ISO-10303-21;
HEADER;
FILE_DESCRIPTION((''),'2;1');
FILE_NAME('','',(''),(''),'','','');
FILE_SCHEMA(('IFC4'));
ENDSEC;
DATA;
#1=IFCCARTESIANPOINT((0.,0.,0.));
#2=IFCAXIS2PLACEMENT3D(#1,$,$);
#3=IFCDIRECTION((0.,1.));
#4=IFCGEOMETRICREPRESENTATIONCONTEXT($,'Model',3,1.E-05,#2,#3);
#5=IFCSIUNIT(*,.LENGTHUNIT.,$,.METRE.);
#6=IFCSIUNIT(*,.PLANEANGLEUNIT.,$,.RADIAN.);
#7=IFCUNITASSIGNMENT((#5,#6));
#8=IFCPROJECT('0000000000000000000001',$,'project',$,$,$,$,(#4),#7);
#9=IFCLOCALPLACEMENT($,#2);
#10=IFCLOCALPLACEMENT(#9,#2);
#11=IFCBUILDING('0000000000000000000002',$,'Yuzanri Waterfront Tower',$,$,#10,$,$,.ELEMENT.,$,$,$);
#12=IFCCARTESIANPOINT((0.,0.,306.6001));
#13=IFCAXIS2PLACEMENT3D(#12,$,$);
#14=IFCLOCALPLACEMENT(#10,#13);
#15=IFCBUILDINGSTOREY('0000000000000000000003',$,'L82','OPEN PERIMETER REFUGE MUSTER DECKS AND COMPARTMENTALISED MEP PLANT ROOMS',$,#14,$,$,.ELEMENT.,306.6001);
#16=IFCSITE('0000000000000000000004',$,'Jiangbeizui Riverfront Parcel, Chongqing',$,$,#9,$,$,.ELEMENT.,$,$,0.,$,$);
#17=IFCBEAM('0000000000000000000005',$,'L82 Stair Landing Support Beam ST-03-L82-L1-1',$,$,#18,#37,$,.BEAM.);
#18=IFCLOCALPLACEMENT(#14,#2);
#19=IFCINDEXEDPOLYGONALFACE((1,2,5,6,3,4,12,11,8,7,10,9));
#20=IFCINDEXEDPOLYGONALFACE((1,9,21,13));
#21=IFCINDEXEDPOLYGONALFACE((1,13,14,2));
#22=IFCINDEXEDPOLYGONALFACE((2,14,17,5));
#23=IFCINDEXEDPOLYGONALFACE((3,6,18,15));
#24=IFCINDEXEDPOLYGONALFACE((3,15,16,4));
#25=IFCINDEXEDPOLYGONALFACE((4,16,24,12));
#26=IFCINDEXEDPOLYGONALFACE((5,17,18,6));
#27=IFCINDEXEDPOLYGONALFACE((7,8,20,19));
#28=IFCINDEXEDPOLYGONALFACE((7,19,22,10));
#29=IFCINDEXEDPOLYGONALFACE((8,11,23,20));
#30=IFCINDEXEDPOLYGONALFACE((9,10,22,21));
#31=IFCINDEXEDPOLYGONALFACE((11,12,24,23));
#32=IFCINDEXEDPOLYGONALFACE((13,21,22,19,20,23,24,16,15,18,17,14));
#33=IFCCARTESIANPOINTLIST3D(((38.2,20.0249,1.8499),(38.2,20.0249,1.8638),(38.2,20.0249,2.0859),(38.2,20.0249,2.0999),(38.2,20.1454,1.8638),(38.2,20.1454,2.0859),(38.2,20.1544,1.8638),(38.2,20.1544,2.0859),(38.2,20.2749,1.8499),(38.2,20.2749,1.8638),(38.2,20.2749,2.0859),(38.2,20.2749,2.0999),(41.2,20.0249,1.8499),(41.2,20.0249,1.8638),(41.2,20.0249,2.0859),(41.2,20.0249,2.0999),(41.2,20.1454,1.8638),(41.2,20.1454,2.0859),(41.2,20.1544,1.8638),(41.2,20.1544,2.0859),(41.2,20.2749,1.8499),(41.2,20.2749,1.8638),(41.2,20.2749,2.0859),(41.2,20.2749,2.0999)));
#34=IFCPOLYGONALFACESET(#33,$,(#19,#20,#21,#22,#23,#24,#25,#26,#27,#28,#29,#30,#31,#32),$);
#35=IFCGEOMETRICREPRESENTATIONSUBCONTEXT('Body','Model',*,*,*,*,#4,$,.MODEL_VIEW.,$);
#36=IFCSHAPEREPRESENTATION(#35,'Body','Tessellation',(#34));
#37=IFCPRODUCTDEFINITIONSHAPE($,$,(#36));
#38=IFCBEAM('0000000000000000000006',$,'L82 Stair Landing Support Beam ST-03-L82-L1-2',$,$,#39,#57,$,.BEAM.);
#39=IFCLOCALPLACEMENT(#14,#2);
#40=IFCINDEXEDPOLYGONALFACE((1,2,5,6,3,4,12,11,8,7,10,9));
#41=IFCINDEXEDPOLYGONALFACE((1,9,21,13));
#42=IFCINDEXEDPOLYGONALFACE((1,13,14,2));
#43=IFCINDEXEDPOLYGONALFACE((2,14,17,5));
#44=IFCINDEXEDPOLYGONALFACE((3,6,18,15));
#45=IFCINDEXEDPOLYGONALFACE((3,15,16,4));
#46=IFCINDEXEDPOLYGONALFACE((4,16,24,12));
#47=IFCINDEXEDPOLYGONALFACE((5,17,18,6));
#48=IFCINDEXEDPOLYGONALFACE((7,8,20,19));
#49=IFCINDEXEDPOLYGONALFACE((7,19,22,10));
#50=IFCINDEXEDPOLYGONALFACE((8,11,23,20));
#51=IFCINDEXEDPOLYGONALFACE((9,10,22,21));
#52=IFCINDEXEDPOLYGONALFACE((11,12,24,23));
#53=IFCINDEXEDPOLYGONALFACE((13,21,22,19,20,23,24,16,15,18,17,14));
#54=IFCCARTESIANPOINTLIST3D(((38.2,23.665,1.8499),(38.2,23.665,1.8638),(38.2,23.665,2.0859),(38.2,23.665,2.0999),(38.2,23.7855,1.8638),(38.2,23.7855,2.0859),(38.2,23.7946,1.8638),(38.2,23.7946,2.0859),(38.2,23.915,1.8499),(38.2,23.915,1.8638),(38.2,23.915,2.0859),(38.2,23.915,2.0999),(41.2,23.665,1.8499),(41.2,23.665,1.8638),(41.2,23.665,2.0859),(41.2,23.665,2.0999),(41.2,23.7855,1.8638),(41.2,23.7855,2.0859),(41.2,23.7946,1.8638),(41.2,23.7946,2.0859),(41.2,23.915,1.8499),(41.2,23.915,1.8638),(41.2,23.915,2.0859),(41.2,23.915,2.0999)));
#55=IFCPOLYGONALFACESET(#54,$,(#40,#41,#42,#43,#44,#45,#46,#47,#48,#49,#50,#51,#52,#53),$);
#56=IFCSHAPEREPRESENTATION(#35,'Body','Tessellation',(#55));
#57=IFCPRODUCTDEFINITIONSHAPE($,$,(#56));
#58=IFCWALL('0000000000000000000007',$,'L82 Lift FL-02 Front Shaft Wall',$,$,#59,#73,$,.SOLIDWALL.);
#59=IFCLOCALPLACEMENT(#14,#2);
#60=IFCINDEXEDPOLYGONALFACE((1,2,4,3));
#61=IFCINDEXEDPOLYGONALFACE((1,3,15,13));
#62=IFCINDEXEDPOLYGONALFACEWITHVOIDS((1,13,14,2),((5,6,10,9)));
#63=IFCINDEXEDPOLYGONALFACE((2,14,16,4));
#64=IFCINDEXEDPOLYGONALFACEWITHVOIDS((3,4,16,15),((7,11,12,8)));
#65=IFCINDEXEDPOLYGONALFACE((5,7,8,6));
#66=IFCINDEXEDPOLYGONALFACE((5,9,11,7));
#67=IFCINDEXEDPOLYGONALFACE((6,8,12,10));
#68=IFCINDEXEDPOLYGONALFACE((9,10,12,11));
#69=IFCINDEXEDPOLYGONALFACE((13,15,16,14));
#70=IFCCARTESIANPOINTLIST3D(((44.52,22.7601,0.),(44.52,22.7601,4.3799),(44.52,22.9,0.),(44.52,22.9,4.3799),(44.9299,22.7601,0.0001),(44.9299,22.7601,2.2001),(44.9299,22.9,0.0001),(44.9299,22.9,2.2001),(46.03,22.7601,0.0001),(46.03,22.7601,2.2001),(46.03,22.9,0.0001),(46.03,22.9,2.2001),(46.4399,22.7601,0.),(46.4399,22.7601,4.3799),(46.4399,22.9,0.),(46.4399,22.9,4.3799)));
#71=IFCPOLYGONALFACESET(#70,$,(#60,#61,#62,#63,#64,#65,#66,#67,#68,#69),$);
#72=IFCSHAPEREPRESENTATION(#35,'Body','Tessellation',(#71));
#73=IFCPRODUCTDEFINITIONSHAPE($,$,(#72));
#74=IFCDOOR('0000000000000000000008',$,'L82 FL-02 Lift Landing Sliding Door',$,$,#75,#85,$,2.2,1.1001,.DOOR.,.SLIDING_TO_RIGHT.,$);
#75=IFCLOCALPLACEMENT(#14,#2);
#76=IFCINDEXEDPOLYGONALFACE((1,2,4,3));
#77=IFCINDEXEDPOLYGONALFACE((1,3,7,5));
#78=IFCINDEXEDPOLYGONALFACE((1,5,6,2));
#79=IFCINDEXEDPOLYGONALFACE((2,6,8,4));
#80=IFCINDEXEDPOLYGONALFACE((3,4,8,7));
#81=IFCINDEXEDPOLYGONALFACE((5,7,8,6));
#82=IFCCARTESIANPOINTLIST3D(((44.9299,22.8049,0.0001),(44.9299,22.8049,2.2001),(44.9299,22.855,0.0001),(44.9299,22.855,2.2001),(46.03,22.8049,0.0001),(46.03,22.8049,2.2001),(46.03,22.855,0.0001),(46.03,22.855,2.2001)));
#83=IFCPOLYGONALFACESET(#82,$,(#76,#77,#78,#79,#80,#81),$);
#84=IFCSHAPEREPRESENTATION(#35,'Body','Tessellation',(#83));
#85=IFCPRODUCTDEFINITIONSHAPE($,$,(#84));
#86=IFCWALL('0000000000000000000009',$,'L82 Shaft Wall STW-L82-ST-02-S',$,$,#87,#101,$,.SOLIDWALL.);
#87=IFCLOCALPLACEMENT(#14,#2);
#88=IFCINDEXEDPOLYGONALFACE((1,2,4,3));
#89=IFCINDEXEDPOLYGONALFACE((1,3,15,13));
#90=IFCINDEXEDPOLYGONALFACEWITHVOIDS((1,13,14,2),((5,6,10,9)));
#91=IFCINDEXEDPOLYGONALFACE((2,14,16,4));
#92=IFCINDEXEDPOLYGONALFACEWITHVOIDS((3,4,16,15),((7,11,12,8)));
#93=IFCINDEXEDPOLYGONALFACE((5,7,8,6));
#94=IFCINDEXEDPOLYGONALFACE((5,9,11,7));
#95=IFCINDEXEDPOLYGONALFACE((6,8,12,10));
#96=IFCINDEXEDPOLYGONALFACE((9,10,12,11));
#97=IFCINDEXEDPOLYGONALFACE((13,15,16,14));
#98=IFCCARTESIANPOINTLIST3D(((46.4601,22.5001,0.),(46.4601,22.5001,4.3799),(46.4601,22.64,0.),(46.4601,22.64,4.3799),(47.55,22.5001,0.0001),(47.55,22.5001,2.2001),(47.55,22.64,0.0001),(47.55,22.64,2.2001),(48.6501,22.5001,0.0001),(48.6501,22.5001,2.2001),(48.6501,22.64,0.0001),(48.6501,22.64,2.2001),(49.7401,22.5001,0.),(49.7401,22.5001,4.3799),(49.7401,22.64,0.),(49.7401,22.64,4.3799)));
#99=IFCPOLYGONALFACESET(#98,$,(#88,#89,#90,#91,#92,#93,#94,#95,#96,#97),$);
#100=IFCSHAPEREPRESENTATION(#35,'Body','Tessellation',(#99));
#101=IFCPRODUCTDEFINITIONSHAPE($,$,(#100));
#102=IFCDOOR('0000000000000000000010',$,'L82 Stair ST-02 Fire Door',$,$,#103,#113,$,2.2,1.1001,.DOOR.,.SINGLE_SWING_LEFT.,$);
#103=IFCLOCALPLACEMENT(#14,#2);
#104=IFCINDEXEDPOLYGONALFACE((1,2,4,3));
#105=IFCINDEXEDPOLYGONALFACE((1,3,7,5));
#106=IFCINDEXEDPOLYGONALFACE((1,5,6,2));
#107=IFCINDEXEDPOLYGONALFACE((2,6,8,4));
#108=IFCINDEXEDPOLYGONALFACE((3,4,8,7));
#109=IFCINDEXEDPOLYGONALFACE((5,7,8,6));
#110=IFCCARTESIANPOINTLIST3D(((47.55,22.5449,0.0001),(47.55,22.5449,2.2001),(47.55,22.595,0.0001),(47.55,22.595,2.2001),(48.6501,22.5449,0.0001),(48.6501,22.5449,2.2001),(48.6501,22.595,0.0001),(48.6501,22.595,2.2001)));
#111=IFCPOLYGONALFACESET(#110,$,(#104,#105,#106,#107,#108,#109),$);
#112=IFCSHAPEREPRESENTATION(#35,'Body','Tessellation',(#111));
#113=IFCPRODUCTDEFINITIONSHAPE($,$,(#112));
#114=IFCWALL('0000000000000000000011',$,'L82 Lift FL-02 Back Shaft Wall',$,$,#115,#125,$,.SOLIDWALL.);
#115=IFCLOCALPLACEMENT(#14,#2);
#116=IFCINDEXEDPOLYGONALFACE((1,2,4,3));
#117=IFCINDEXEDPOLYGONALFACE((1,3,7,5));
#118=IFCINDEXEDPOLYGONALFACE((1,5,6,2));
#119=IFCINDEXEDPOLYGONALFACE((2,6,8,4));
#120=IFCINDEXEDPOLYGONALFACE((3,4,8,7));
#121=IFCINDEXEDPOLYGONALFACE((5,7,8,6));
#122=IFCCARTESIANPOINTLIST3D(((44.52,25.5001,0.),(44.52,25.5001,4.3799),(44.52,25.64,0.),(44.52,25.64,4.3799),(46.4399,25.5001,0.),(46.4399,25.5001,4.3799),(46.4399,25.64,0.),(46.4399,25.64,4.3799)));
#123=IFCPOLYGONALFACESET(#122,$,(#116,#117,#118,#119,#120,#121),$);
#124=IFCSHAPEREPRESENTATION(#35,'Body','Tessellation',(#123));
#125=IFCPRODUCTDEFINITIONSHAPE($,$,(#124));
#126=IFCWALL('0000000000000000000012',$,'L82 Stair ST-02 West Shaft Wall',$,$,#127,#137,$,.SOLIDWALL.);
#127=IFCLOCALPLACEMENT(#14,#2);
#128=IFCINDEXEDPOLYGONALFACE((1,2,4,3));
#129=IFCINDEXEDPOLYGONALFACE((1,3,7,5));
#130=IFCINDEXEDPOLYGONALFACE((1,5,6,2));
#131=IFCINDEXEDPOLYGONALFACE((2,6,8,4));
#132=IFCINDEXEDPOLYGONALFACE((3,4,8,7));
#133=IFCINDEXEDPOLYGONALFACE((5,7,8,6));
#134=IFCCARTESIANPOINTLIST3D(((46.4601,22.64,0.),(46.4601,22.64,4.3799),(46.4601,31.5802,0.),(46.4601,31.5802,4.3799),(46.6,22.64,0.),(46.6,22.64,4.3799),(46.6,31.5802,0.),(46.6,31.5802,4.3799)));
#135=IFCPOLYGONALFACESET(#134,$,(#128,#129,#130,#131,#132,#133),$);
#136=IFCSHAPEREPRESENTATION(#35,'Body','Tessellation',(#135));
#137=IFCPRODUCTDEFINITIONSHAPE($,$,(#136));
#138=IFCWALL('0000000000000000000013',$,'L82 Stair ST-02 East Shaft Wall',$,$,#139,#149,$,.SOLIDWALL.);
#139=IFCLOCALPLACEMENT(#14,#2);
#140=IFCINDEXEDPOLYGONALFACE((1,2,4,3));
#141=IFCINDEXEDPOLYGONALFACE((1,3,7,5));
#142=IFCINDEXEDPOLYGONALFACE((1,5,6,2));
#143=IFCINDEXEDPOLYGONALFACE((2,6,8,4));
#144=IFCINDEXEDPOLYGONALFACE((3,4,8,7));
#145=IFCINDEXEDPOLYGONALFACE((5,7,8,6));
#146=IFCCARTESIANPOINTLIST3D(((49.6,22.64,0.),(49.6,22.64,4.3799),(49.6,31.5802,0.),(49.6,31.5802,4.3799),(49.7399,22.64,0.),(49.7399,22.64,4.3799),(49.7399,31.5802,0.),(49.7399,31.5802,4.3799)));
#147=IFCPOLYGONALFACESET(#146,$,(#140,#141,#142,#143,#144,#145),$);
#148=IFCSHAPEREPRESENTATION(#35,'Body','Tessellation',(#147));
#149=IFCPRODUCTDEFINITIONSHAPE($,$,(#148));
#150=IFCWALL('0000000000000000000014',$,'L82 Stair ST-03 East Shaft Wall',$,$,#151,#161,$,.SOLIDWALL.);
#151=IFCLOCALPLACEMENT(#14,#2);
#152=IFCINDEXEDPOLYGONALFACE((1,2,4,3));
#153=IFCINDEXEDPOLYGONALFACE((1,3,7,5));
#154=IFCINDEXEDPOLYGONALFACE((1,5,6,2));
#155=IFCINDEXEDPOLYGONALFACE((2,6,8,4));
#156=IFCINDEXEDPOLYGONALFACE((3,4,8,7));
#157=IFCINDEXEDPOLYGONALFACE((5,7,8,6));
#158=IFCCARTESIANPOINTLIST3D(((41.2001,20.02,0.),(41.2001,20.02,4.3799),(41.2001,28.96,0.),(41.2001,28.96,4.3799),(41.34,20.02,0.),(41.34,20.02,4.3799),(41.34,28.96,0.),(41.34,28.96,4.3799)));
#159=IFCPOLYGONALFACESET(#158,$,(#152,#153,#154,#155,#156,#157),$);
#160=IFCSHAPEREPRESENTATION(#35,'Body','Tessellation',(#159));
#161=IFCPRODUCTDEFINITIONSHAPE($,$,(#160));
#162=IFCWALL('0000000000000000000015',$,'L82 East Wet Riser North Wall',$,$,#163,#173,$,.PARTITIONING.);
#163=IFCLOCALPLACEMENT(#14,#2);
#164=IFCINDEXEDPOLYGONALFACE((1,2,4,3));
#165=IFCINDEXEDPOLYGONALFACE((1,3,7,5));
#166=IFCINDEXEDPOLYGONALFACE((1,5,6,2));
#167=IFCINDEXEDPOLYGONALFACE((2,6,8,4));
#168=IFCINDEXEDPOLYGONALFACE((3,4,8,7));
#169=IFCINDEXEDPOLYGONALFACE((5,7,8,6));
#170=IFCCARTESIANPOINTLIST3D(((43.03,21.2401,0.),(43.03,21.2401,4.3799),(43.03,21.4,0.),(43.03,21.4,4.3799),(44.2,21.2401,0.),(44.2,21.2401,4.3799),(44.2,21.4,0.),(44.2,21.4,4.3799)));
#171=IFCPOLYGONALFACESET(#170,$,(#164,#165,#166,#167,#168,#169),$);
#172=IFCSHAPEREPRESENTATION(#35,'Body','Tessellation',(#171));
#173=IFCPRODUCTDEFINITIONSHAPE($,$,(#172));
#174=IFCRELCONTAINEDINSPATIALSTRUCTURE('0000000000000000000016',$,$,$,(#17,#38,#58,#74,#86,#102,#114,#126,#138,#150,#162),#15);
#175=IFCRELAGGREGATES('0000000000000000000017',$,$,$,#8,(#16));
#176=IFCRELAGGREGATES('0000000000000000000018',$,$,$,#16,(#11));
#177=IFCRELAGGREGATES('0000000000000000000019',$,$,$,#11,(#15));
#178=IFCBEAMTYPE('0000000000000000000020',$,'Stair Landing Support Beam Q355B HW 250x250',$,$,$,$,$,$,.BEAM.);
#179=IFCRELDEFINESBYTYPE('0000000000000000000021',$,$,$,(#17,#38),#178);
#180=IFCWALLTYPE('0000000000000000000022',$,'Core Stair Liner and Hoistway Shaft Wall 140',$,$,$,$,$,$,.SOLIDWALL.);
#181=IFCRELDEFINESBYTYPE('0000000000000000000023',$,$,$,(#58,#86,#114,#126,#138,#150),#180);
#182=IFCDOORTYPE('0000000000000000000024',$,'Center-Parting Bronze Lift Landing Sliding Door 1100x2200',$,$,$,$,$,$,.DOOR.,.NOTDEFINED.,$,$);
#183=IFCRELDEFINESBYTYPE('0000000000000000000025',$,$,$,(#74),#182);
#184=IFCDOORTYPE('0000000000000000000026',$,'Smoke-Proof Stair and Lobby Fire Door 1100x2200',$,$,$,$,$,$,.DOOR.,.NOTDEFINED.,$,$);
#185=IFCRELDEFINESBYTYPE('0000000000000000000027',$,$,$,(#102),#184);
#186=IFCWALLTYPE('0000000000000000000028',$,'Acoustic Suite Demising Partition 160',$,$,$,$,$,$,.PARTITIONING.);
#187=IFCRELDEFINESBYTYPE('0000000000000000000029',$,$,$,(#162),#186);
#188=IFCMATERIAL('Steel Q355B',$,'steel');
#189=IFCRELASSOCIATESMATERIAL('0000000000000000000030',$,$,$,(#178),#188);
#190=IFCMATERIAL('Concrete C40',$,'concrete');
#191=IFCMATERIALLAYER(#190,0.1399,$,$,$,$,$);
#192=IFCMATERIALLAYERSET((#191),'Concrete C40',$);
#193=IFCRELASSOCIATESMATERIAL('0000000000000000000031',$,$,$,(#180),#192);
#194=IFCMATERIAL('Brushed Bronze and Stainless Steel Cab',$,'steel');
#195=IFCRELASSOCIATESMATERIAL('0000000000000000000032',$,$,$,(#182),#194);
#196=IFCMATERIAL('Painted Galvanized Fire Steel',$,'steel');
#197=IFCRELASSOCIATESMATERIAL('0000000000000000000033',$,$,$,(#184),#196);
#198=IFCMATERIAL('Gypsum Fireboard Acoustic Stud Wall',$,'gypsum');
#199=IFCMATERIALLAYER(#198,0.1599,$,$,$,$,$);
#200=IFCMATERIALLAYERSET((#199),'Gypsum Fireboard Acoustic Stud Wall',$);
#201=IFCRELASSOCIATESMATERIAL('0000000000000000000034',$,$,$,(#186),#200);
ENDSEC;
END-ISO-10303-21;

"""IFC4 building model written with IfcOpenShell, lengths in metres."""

from ifc_helpers import new_model, si_unit, direction, frame, frame_2d, origin, origin_2d, place, context, subcontext, project, spatial, rectangle, i_section, extrude, source, transform, mapped, material, layer, layer_set, material_profile, profile_set, type_object, element, fill, save


model = new_model("IFC4")

# Units and contexts
model_context = context("Model", 3, precision=1e-05, world=origin(), true_north=direction((0.0, 1.0)))
body_context = subcontext(model_context, "Body", "Model", "MODEL_VIEW")
ifc_project = project(units=[si_unit("LENGTHUNIT", "METRE"), si_unit("PLANEANGLEUNIT", "RADIAN")], contexts=[model_context])

# Site, building, storey
site_placement = place(None, origin())
site = spatial("IfcSite", under=ifc_project, at=site_placement, Name="Jiangbeizui Riverfront Parcel, Chongqing", CompositionType="ELEMENT", RefElevation=0.0)
building_placement = place(site_placement, origin())
building = spatial("IfcBuilding", under=site, at=building_placement, Name="Yuzanri Waterfront Tower", CompositionType="ELEMENT")
storey_placement = place(building_placement, frame((0.0, 0.0, 306.6001)))
storey = spatial("IfcBuildingStorey", under=building, at=storey_placement, Name="L82", Description="OPEN PERIMETER REFUGE MUSTER DECKS AND COMPARTMENTALISED MEP PLANT ROOMS", CompositionType="ELEMENT", Elevation=306.6001)

# Beams
ifc_material_1 = material(Name="Steel Q355B", Category="steel")
ifc_material_profile = material_profile(ifc_material_1, i_section(OverallWidth=0.25, OverallDepth=0.25, WebThickness=0.009, FlangeThickness=0.0139, at=origin_2d()), Name="HW 250x250x9x14")
ifc_profile_set = profile_set([ifc_material_profile], Name="Steel Q355B")
beam_type = type_object("IfcBeamType", Name="Stair Landing Support Beam Q355B HW 250x250", PredefinedType="BEAM", material=ifc_profile_set)
shared_shape_1 = source(origin(), body_context, "Body", "SweptSolid", [
    extrude(i_section(OverallWidth=0.25, OverallDepth=0.25, WebThickness=0.009, FlangeThickness=0.0139, at=origin_2d()), origin(), (0.0, 0.0, 1.0), 3.0),
])
for number, where, z_axis, x_axis, name in (
    (1, (38.2, 20.1499, 1.9749), (1.0, 0.0, 0.0), (0.0, 1.0, 0.0), "L82 Stair Landing Support Beam ST-03-L82-L1-1"),
    (2, (38.2, 23.79, 1.9749), (1.0, 0.0, 0.0), (0.0, 1.0, 0.0), "L82 Stair Landing Support Beam ST-03-L82-L1-2"),
):
    element("IfcBeam", number, at=place(storey_placement, frame(where, z_axis=z_axis, x_axis=x_axis)), inside=storey, type_object=beam_type, Name=name, PredefinedType="BEAM", context=body_context, shape_type="MappedRepresentation", body=[
        mapped(shared_shape_1, transform((0.0, 0.0, 0.0), scale=1.0)),
    ])

# Walls, openings, doors
ifc_material_2 = material(Name="Concrete C40", Category="concrete")
ifc_layer_1 = layer(ifc_material_2, 0.1399)
ifc_layer_set_1 = layer_set([ifc_layer_1], Name="Concrete C40")
wall_type_1 = type_object("IfcWallType", Name="Core Stair Liner and Hoistway Shaft Wall 140", PredefinedType="SOLIDWALL", material=ifc_layer_set_1)
wall_1_placement = place(storey_placement, frame((44.52, 22.8301, 0.0), z_axis=(0.0, 0.0, 1.0), x_axis=(1.0, 0.0, 0.0)))
wall_1 = element("IfcWall", 3, at=wall_1_placement, inside=storey, type_object=wall_type_1, Name="L82 Lift FL-02 Front Shaft Wall", PredefinedType="SOLIDWALL", context=body_context, shape_type="SweptSolid", body=[
    extrude(rectangle(XDim=1.9199, YDim=0.1399, at=frame_2d((0.96, 0.0))), origin(), (0.0, 0.0, 1.0), 4.3799),
])
opening_1_placement = place(wall_1_placement, frame((0.4099, 0.0, 0.0)))
opening_1 = element("IfcOpeningElement", 4, at=opening_1_placement, cuts=wall_1, PredefinedType="OPENING", context=body_context, shape_type="SweptSolid", body=[
    extrude(rectangle(XDim=1.1001, YDim=2.2, at=frame_2d((0.55, 1.1001))), frame((0.0, 0.085, 0.0), z_axis=(0.0, -1.0, 0.0), x_axis=(1.0, 0.0, 0.0)), (0.0, 0.0, 1.0), 0.1697),
])
ifc_material_3 = material(Name="Brushed Bronze and Stainless Steel Cab", Category="steel")
door_type_1 = type_object("IfcDoorType", Name="Center-Parting Bronze Lift Landing Sliding Door 1100x2200", OperationType="NOTDEFINED", PredefinedType="DOOR", material=ifc_material_3)
shared_shape_2 = source(origin(), body_context, "Body", "SweptSolid", [
    extrude(rectangle(XDim=1.1001, YDim=2.2, at=frame_2d((0.55, 1.1001))), frame((0.0, 0.0249, 0.0), z_axis=(0.0, -1.0, 0.0), x_axis=(1.0, 0.0, 0.0)), (0.0, 0.0, 1.0), 0.05),
])
door_1_placement = place(opening_1_placement, origin())
door_1 = element("IfcDoor", 5, at=door_1_placement, inside=storey, type_object=door_type_1, Name="L82 FL-02 Lift Landing Sliding Door", OperationType="SLIDING_TO_RIGHT", OverallHeight=2.2, OverallWidth=1.1001, PredefinedType="DOOR", context=body_context, shape_type="MappedRepresentation", body=[
    mapped(shared_shape_2, transform((0.0, 0.0, 0.0), scale=1.0)),
])
fill(opening_1, door_1)
wall_2_placement = place(storey_placement, frame((46.46, 22.5701, 0.0), z_axis=(0.0, 0.0, 1.0), x_axis=(1.0, 0.0, 0.0)))
wall_2 = element("IfcWall", 6, at=wall_2_placement, inside=storey, type_object=wall_type_1, Name="L82 Shaft Wall STW-L82-ST-02-S", PredefinedType="SOLIDWALL", context=body_context, shape_type="SweptSolid", body=[
    extrude(rectangle(XDim=3.28, YDim=0.1399, at=frame_2d((1.6401, 0.0))), origin(), (0.0, 0.0, 1.0), 4.3799),
])
opening_2_placement = place(wall_2_placement, frame((1.0901, 0.0, 0.0)))
opening_2 = element("IfcOpeningElement", 7, at=opening_2_placement, cuts=wall_2, PredefinedType="OPENING", context=body_context, shape_type="SweptSolid", body=[
    extrude(rectangle(XDim=1.1001, YDim=2.2, at=frame_2d((0.55, 1.1001))), frame((0.0, 0.085, 0.0), z_axis=(0.0, -1.0, 0.0), x_axis=(1.0, 0.0, 0.0)), (0.0, 0.0, 1.0), 0.1697),
])
ifc_material_4 = material(Name="Painted Galvanized Fire Steel", Category="steel")
door_type_2 = type_object("IfcDoorType", Name="Smoke-Proof Stair and Lobby Fire Door 1100x2200", OperationType="NOTDEFINED", PredefinedType="DOOR", material=ifc_material_4)
shared_shape_3 = source(origin(), body_context, "Body", "SweptSolid", [
    extrude(rectangle(XDim=1.1001, YDim=2.2, at=frame_2d((0.55, 1.1001))), frame((0.0, 0.0249, 0.0), z_axis=(0.0, -1.0, 0.0), x_axis=(1.0, 0.0, 0.0)), (0.0, 0.0, 1.0), 0.05),
])
door_2_placement = place(opening_2_placement, origin())
door_2 = element("IfcDoor", 8, at=door_2_placement, inside=storey, type_object=door_type_2, Name="L82 Stair ST-02 Fire Door", OperationType="SINGLE_SWING_LEFT", OverallHeight=2.2, OverallWidth=1.1001, PredefinedType="DOOR", context=body_context, shape_type="MappedRepresentation", body=[
    mapped(shared_shape_3, transform((0.0, 0.0, 0.0), scale=1.0)),
])
fill(opening_2, door_2)

# Walls
shared_shape_4 = source(origin(), body_context, "Body", "SweptSolid", [
    extrude(rectangle(XDim=1.9199, YDim=0.1399, at=frame_2d((0.96, 0.0))), origin(), (0.0, 0.0, 1.0), 4.3799),
])
wall_3_placement = place(storey_placement, frame((44.52, 25.5701, 0.0), z_axis=(0.0, 0.0, 1.0), x_axis=(1.0, 0.0, 0.0)))
element("IfcWall", 9, at=wall_3_placement, inside=storey, type_object=wall_type_1, Name="L82 Lift FL-02 Back Shaft Wall", PredefinedType="SOLIDWALL", context=body_context, shape_type="MappedRepresentation", body=[
    mapped(shared_shape_4, transform((0.0, 0.0, 0.0), scale=1.0)),
])
shared_shape_5 = source(origin(), body_context, "Body", "SweptSolid", [
    extrude(rectangle(XDim=8.9402, YDim=0.1399, at=frame_2d((4.4702, 0.0))), origin(), (0.0, 0.0, 1.0), 4.3799),
])
for number, where, z_axis, x_axis, name in (
    (10, (46.53, 22.6399, 0.0), (0.0, 0.0, 1.0), (0.0, 1.0, 0.0), "L82 Stair ST-02 West Shaft Wall"),
    (11, (49.6699, 22.6399, 0.0), (0.0, 0.0, 1.0), (0.0, 1.0, 0.0), "L82 Stair ST-02 East Shaft Wall"),
):
    element("IfcWall", number, at=place(storey_placement, frame(where, z_axis=z_axis, x_axis=x_axis)), inside=storey, type_object=wall_type_1, Name=name, PredefinedType="SOLIDWALL", context=body_context, shape_type="MappedRepresentation", body=[
        mapped(shared_shape_5, transform((0.0, 0.0, 0.0), scale=1.0)),
    ])
shared_shape_6 = source(origin(), body_context, "Body", "SweptSolid", [
    extrude(rectangle(XDim=8.9399, YDim=0.1399, at=frame_2d((4.47, 0.0))), origin(), (0.0, 0.0, 1.0), 4.3799),
])
wall_4_placement = place(storey_placement, frame((41.27, 20.02, 0.0), z_axis=(0.0, 0.0, 1.0), x_axis=(0.0, 1.0, 0.0)))
element("IfcWall", 12, at=wall_4_placement, inside=storey, type_object=wall_type_1, Name="L82 Stair ST-03 East Shaft Wall", PredefinedType="SOLIDWALL", context=body_context, shape_type="MappedRepresentation", body=[
    mapped(shared_shape_6, transform((0.0, 0.0, 0.0), scale=1.0)),
])
ifc_material_5 = material(Name="Gypsum Fireboard Acoustic Stud Wall", Category="gypsum")
ifc_layer_2 = layer(ifc_material_5, 0.1599)
ifc_layer_set_2 = layer_set([ifc_layer_2], Name="Gypsum Fireboard Acoustic Stud Wall")
wall_type_2 = type_object("IfcWallType", Name="Acoustic Suite Demising Partition 160", PredefinedType="PARTITIONING", material=ifc_layer_set_2)
shared_shape_7 = source(origin(), body_context, "Body", "SweptSolid", [
    extrude(rectangle(XDim=1.1699, YDim=0.1599, at=frame_2d((0.585, 0.0))), origin(), (0.0, 0.0, 1.0), 4.3799),
])
wall_5_placement = place(storey_placement, frame((43.03, 21.3201, 0.0), z_axis=(0.0, 0.0, 1.0), x_axis=(1.0, 0.0, 0.0)))
element("IfcWall", 13, at=wall_5_placement, inside=storey, type_object=wall_type_2, Name="L82 East Wet Riser North Wall", PredefinedType="PARTITIONING", context=body_context, shape_type="MappedRepresentation", body=[
    mapped(shared_shape_7, transform((0.0, 0.0, 0.0), scale=1.0)),
])

save(model, "model.ifc")
